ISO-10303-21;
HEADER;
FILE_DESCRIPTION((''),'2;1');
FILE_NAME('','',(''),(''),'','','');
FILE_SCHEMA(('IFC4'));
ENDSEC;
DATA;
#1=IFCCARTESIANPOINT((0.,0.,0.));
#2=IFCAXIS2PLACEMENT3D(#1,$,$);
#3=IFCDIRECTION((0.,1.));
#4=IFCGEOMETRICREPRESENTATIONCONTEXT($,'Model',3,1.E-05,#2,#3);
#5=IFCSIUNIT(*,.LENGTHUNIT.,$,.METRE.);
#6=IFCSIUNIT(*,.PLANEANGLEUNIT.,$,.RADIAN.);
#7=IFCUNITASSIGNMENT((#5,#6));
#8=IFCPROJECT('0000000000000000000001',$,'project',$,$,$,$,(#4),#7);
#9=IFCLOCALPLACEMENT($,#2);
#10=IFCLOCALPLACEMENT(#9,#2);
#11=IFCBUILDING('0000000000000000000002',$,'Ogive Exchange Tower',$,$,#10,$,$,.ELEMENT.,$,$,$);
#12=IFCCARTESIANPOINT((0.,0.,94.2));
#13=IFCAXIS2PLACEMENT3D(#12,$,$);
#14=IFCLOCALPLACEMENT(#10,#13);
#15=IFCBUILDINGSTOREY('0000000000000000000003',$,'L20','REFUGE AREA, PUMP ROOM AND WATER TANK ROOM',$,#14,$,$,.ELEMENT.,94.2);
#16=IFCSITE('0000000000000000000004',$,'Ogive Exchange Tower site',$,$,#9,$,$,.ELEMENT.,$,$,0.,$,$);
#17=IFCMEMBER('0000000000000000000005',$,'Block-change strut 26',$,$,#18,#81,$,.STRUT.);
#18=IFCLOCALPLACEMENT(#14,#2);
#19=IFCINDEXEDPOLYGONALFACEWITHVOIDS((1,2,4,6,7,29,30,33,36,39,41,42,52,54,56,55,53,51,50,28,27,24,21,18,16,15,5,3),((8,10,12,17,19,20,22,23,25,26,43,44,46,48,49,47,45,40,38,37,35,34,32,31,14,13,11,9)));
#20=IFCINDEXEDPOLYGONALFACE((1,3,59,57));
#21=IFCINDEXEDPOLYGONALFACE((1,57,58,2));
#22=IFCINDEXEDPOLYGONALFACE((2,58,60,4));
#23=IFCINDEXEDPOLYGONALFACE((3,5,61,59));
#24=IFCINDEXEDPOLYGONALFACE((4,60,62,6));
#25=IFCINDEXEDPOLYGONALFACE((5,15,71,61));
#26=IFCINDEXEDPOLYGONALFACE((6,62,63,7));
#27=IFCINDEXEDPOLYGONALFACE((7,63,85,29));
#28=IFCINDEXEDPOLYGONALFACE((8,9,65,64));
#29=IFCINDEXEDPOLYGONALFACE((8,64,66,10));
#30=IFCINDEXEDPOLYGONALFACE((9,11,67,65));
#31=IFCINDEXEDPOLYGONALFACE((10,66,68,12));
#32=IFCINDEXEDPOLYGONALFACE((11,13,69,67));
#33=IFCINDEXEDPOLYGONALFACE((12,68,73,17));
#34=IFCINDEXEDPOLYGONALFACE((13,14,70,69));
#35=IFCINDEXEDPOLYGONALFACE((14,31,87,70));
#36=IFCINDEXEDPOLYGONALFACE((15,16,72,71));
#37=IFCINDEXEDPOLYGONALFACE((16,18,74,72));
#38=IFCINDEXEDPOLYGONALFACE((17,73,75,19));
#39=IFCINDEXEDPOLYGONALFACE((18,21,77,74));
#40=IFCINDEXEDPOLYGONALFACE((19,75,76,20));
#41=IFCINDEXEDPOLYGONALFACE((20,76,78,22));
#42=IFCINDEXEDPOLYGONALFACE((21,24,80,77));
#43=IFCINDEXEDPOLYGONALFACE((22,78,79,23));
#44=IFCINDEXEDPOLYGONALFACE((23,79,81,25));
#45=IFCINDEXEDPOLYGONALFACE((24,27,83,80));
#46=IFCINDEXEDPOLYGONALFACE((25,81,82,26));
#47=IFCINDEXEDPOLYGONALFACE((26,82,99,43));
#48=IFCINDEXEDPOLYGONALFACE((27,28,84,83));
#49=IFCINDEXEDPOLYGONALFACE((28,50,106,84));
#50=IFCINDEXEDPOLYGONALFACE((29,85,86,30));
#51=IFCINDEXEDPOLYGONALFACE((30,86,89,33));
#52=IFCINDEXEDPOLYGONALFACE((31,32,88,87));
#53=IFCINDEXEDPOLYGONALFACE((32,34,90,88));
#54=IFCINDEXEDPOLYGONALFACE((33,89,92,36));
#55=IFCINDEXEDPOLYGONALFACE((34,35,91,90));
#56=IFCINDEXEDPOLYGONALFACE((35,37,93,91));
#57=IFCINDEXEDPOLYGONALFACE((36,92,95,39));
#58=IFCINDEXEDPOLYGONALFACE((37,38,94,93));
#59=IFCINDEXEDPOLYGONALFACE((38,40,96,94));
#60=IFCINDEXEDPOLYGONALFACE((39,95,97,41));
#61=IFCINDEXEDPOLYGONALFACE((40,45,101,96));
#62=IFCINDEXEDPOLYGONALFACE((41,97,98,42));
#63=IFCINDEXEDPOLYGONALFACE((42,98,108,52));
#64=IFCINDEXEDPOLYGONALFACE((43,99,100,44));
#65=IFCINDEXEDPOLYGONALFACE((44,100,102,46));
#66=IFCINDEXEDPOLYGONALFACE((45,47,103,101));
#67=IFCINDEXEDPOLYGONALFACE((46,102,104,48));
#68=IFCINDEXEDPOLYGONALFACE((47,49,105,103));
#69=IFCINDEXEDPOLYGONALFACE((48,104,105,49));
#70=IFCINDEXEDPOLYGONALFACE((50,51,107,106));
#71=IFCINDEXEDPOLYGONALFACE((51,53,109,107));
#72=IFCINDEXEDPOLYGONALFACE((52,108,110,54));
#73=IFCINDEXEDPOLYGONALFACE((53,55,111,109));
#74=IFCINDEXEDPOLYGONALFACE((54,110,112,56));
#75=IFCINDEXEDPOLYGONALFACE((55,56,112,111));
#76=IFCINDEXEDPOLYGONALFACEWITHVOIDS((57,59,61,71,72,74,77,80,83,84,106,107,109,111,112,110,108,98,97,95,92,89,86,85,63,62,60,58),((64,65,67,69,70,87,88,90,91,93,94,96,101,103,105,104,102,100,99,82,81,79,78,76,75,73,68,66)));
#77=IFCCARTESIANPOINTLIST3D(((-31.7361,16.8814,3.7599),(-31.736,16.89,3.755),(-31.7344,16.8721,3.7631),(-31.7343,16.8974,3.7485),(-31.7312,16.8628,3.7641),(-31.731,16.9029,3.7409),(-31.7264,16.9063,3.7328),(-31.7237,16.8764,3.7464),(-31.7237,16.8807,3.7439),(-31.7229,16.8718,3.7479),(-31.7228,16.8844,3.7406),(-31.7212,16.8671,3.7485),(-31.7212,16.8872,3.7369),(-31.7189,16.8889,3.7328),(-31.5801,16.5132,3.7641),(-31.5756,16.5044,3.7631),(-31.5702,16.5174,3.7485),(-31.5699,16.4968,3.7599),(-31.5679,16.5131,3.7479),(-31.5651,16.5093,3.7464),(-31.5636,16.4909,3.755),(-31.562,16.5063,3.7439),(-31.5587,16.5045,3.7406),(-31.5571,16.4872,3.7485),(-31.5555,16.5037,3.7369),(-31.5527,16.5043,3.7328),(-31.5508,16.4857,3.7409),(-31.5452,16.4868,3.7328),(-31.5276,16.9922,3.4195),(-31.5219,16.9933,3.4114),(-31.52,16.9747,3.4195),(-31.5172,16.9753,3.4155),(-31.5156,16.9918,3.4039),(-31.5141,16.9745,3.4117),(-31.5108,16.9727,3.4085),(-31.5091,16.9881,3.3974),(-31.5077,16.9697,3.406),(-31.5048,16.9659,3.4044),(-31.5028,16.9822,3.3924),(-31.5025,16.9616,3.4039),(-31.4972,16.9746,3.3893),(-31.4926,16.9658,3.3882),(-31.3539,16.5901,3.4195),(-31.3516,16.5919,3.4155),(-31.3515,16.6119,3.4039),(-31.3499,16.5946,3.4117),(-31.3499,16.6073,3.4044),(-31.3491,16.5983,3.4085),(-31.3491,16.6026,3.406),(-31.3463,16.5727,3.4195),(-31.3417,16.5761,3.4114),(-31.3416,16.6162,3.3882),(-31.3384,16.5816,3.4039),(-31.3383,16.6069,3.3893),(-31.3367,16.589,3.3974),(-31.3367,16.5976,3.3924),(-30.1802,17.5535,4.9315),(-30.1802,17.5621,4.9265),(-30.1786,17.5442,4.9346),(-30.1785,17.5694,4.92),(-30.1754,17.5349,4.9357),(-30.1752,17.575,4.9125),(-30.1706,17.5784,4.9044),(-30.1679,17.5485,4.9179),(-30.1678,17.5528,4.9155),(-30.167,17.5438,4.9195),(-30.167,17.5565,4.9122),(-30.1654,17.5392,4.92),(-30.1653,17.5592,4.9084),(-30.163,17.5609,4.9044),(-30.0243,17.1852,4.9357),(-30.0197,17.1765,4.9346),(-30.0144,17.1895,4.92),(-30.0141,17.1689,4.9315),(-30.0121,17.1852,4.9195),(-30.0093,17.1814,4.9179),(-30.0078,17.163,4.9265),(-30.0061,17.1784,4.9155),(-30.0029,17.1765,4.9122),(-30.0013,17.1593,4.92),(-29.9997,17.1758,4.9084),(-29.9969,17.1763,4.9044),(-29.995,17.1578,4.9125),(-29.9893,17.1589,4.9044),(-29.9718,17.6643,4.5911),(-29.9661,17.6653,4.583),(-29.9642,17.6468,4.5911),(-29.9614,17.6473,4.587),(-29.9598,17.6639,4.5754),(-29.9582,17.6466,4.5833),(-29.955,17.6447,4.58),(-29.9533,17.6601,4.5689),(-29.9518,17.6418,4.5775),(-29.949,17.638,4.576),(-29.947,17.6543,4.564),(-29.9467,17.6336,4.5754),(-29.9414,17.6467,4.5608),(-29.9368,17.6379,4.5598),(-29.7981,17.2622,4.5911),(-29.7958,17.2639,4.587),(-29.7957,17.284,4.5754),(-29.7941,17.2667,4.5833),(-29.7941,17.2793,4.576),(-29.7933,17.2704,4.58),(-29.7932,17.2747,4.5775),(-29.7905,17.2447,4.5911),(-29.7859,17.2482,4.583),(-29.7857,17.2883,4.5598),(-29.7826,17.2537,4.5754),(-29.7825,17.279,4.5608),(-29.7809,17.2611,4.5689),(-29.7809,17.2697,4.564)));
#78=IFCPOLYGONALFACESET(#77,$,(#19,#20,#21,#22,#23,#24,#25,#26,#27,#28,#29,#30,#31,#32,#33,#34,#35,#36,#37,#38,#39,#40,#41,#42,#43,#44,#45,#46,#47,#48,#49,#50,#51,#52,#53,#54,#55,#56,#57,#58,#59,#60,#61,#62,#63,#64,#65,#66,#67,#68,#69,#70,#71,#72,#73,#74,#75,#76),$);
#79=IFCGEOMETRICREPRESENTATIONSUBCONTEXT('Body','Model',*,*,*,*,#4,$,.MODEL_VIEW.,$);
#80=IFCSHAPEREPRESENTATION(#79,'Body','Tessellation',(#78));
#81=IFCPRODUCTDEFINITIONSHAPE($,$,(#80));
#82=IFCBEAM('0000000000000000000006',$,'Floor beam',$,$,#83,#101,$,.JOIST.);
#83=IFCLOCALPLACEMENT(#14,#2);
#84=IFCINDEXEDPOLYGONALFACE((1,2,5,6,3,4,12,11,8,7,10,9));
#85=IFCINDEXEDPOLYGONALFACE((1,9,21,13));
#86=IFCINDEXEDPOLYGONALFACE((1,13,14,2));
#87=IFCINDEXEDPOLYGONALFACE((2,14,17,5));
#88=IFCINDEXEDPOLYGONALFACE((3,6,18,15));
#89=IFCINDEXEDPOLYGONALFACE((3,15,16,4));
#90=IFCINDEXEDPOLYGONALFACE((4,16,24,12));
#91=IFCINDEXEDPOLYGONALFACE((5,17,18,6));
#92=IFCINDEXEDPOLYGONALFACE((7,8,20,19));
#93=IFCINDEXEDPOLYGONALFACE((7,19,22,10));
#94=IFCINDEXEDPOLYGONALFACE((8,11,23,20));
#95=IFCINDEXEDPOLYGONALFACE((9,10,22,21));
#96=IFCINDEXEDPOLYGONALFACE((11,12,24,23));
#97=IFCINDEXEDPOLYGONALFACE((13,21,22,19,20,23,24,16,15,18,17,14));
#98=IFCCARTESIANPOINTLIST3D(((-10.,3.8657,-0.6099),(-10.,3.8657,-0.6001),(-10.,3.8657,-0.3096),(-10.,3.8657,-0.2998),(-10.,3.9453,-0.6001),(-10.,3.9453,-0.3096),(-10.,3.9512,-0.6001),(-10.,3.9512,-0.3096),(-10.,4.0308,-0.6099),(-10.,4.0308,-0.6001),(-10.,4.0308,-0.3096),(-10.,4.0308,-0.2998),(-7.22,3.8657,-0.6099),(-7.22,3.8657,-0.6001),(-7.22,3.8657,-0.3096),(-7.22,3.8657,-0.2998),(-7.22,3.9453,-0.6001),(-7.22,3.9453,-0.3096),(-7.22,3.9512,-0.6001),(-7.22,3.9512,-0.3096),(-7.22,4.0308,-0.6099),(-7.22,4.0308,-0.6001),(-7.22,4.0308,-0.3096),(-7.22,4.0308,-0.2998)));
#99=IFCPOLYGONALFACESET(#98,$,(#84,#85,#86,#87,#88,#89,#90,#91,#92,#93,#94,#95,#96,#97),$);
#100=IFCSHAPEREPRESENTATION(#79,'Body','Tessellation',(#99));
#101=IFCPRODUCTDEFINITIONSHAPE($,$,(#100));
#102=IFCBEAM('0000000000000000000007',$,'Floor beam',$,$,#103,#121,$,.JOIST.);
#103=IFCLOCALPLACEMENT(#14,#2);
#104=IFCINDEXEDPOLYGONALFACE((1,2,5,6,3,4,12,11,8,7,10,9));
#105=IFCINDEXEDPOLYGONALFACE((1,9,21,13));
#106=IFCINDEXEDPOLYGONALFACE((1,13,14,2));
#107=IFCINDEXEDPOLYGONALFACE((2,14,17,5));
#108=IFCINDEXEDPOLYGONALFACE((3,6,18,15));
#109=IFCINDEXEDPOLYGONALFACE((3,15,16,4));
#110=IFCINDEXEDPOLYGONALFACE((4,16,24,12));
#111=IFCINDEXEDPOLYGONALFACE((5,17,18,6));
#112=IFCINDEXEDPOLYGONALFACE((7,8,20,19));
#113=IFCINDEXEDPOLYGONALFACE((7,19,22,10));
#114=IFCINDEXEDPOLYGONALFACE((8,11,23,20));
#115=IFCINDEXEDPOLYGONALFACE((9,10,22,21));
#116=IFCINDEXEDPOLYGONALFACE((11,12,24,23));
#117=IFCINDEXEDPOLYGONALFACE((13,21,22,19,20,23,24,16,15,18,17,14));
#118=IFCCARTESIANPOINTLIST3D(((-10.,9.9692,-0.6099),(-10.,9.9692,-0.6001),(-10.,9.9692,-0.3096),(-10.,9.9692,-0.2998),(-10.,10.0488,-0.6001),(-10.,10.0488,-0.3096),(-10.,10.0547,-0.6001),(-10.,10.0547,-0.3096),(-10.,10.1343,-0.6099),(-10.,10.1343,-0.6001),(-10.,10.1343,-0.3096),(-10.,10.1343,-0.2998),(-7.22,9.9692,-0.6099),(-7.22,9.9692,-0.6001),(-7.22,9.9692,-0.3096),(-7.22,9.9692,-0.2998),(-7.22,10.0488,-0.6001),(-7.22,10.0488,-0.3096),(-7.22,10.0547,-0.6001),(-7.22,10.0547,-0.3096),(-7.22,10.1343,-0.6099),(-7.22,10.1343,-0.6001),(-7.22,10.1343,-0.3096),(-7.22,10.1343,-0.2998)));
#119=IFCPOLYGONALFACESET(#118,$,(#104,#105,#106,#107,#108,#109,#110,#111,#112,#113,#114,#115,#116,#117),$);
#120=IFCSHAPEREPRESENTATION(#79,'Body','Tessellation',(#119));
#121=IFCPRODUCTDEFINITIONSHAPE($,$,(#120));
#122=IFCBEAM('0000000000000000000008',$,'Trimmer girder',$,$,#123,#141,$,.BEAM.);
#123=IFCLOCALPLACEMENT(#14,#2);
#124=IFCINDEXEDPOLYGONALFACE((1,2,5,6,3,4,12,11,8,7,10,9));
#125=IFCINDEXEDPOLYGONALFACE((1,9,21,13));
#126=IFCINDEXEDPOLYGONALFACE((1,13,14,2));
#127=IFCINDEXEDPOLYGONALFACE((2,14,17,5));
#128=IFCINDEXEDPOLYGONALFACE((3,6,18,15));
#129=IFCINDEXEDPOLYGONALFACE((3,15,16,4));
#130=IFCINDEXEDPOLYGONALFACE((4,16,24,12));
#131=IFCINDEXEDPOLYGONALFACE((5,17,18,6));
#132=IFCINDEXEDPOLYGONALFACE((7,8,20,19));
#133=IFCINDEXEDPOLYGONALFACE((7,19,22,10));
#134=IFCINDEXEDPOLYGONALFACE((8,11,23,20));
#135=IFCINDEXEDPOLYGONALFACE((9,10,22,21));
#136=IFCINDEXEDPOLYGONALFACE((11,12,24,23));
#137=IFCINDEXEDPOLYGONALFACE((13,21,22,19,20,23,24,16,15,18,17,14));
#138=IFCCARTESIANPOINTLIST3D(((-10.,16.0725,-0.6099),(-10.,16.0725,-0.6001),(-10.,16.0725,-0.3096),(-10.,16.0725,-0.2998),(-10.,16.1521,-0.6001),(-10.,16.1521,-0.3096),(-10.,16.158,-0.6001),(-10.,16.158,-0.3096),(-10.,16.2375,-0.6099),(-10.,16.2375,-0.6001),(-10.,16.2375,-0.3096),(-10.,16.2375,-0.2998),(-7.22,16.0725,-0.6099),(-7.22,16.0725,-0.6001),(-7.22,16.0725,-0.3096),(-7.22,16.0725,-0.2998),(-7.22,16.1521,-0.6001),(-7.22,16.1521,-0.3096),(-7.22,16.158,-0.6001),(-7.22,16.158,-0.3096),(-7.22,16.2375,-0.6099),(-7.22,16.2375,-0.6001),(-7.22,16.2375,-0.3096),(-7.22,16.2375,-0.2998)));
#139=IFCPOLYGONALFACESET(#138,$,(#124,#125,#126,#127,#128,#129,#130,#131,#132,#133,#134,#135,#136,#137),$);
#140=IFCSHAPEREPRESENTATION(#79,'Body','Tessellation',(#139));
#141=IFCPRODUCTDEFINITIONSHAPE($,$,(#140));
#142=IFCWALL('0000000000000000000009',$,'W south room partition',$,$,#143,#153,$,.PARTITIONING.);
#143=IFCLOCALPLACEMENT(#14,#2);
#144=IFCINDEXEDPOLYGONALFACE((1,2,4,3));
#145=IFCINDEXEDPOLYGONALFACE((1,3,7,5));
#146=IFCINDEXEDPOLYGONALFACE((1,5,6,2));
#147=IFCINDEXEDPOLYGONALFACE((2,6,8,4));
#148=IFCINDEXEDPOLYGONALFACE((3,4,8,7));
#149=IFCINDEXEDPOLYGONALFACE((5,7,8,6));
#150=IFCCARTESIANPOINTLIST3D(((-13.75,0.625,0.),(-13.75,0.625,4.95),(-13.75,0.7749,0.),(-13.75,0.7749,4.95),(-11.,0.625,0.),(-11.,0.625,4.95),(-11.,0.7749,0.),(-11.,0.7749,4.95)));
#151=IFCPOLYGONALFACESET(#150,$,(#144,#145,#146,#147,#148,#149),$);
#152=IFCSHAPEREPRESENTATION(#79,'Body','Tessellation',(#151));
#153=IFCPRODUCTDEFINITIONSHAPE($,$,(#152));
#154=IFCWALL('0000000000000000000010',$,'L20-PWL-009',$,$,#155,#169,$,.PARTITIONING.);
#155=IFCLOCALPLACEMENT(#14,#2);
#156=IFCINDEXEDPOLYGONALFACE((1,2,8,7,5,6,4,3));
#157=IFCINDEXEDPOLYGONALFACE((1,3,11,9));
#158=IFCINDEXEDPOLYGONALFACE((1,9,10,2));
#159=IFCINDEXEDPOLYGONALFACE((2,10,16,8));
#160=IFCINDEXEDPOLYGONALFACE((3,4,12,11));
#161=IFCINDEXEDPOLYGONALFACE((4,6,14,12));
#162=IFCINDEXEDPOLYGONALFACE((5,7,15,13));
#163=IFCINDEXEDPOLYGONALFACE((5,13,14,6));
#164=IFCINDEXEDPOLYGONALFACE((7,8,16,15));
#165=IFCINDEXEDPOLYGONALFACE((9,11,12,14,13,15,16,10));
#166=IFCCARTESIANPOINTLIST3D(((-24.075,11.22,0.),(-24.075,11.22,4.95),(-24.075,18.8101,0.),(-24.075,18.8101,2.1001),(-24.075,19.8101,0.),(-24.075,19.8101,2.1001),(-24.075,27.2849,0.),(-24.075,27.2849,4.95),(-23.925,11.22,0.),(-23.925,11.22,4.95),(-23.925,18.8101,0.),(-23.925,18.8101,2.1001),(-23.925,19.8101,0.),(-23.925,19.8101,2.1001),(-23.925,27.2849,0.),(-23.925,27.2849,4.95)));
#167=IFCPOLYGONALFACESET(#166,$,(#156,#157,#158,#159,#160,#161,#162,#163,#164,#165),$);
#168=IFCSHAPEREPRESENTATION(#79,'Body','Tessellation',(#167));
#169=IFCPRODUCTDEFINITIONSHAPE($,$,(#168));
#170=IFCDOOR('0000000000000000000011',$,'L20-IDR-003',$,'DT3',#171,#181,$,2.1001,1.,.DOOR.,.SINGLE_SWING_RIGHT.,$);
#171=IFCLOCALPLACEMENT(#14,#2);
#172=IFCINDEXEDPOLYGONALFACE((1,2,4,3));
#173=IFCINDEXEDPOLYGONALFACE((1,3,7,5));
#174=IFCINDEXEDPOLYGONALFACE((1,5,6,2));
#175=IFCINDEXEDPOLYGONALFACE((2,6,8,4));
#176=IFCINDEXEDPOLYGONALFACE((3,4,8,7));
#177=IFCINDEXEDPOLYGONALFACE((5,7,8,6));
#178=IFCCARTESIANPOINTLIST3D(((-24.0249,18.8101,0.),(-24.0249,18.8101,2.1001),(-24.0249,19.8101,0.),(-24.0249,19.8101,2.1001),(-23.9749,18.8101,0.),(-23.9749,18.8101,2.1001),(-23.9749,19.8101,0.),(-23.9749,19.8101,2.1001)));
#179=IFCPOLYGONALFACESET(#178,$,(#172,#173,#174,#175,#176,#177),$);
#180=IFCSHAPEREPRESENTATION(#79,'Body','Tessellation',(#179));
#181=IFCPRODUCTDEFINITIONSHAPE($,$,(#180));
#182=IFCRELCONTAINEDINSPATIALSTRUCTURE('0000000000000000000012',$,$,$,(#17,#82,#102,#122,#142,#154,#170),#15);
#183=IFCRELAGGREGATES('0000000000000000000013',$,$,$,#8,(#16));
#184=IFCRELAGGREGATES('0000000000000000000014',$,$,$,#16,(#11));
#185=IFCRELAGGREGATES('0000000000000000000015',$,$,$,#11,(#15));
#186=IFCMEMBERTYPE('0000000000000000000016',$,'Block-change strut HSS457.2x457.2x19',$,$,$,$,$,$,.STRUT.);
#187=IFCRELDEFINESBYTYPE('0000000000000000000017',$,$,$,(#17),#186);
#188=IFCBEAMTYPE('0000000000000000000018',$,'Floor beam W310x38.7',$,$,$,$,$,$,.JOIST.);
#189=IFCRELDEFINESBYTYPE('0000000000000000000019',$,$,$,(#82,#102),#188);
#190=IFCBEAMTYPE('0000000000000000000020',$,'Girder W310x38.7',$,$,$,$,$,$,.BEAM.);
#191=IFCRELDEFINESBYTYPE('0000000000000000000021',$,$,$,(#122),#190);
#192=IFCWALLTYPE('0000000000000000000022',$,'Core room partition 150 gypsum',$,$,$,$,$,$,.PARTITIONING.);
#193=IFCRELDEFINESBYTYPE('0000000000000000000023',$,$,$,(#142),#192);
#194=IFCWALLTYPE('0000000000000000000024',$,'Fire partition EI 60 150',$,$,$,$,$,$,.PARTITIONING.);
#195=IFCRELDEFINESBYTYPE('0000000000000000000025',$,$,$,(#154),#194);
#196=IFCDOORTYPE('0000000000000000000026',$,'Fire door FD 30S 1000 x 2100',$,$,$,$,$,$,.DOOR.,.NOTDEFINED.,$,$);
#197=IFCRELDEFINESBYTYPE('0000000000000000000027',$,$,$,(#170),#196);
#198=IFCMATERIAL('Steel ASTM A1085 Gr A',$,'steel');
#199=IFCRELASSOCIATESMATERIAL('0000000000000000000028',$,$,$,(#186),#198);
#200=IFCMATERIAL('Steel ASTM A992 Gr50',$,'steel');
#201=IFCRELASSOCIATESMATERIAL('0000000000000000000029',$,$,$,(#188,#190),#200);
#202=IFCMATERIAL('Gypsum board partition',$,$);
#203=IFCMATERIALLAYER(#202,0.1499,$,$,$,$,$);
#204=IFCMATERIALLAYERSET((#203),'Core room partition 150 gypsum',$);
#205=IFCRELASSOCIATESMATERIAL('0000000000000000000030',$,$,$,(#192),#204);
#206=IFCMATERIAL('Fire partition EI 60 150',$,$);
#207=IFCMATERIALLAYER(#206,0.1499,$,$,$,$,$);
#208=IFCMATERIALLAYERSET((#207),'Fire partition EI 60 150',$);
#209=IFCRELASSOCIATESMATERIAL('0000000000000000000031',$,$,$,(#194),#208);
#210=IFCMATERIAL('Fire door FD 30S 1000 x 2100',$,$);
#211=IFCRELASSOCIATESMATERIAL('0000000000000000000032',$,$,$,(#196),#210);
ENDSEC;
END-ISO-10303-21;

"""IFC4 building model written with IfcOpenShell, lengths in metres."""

from ifc_helpers import new_model, si_unit, direction, frame, frame_2d, origin, origin_2d, place, context, subcontext, project, spatial, rectangle, hollow_rectangle, i_section, extrude, material, layer, layer_set, material_profile, profile_set, type_object, element, fill, save


model = new_model("IFC4")

# Units and contexts
model_context = context("Model", 3, precision=1e-05, world=origin(), true_north=direction((0.0, 1.0)))
body_context = subcontext(model_context, "Body", "Model", "MODEL_VIEW")
ifc_project = project(units=[si_unit("LENGTHUNIT", "METRE"), si_unit("PLANEANGLEUNIT", "RADIAN")], contexts=[model_context])

# Site, building, storey
site_placement = place(None, origin())
site = spatial("IfcSite", under=ifc_project, at=site_placement, Name="Ogive Exchange Tower site", CompositionType="ELEMENT", RefElevation=0.0)
building_placement = place(site_placement, origin())
building = spatial("IfcBuilding", under=site, at=building_placement, Name="Ogive Exchange Tower", CompositionType="ELEMENT")
storey_placement = place(building_placement, frame((0.0, 0.0, 94.2)))
storey = spatial("IfcBuildingStorey", under=building, at=storey_placement, Name="L20", Description="REFUGE AREA, PUMP ROOM AND WATER TANK ROOM", CompositionType="ELEMENT", Elevation=94.2)

# Member
ifc_material_1 = material(Name="Steel ASTM A1085 Gr A", Category="steel")
ifc_material_profile_1 = material_profile(ifc_material_1, hollow_rectangle(XDim=0.457, YDim=0.457, WallThickness=0.019, InnerFilletRadius=0.019, OuterFilletRadius=0.0381, at=origin_2d()), Name="HSS457.2x457.2x19")
ifc_profile_set_1 = profile_set([ifc_material_profile_1], Name="Steel ASTM A1085 Gr A")
member_type = type_object("IfcMemberType", Name="Block-change strut HSS457.2x457.2x19", PredefinedType="STRUT", material=ifc_profile_set_1)
member_placement = place(storey_placement, frame((-31.5364, 16.7395, 3.5762), z_axis=(0.755143, 0.326206, 0.568638), x_axis=(-0.39656, 0.918009, 0.0)))
element("IfcMember", 1, at=member_placement, inside=storey, type_object=member_type, Name="Block-change strut 26", PredefinedType="STRUT", context=body_context, shape_type="SweptSolid", body=[
    extrude(hollow_rectangle(XDim=0.457, YDim=0.457, WallThickness=0.019, InnerFilletRadius=0.019, OuterFilletRadius=0.0381, at=origin_2d()), origin(), (0.0, 0.0, 1.0), 2.0603),
])

# Beams
ifc_material_2 = material(Name="Steel ASTM A992 Gr50", Category="steel")
ifc_material_profile_2 = material_profile(ifc_material_2, i_section(OverallWidth=0.165, OverallDepth=0.3101, WebThickness=0.0059, FlangeThickness=0.0098, at=origin_2d()), Name="W310x38.7")
ifc_profile_set_2 = profile_set([ifc_material_profile_2], Name="Steel ASTM A992 Gr50")
beam_type_1 = type_object("IfcBeamType", Name="Floor beam W310x38.7", PredefinedType="JOIST", material=ifc_profile_set_2)
for number, where, z_axis, x_axis, name in (
    (2, (-10.0, 3.9482, -0.4548), (1.0, 0.0, 0.0), (0.0, 1.0, 0.0), "Floor beam"),
    (3, (-10.0, 10.0518, -0.4548), (1.0, 0.0, 0.0), (0.0, 1.0, 0.0), "Floor beam"),
):
    element("IfcBeam", number, at=place(storey_placement, frame(where, z_axis=z_axis, x_axis=x_axis)), inside=storey, type_object=beam_type_1, Name=name, PredefinedType="JOIST", context=body_context, shape_type="SweptSolid", body=[
        extrude(i_section(OverallWidth=0.165, OverallDepth=0.3101, WebThickness=0.0059, FlangeThickness=0.0098, at=origin_2d()), origin(), (0.0, 0.0, 1.0), 2.78),
    ])
ifc_material_profile_3 = material_profile(ifc_material_2, i_section(OverallWidth=0.165, OverallDepth=0.3101, WebThickness=0.0059, FlangeThickness=0.0098, at=origin_2d()), Name="W310x38.7")
ifc_profile_set_3 = profile_set([ifc_material_profile_3], Name="Steel ASTM A992 Gr50")
beam_type_2 = type_object("IfcBeamType", Name="Girder W310x38.7", PredefinedType="BEAM", material=ifc_profile_set_3)
beam_placement = place(storey_placement, frame((-10.0, 16.155, -0.4548), z_axis=(1.0, 0.0, 0.0), x_axis=(0.0, 1.0, 0.0)))
element("IfcBeam", 4, at=beam_placement, inside=storey, type_object=beam_type_2, Name="Trimmer girder", PredefinedType="BEAM", context=body_context, shape_type="SweptSolid", body=[
    extrude(i_section(OverallWidth=0.165, OverallDepth=0.3101, WebThickness=0.0059, FlangeThickness=0.0098, at=origin_2d()), origin(), (0.0, 0.0, 1.0), 2.78),
])

# Wall
ifc_material_3 = material(Name="Gypsum board partition")
ifc_layer_1 = layer(ifc_material_3, 0.1499)
ifc_layer_set_1 = layer_set([ifc_layer_1], Name="Core room partition 150 gypsum")
wall_type_1 = type_object("IfcWallType", Name="Core room partition 150 gypsum", PredefinedType="PARTITIONING", material=ifc_layer_set_1)
wall_1_placement = place(storey_placement, frame((-13.75, 0.7, 0.0), z_axis=(0.0, 0.0, 1.0), x_axis=(1.0, 0.0, 0.0)))
element("IfcWall", 5, at=wall_1_placement, inside=storey, type_object=wall_type_1, Name="W south room partition", PredefinedType="PARTITIONING", context=body_context, shape_type="SweptSolid", body=[
    extrude(rectangle(XDim=2.75, YDim=0.1499, at=frame_2d((1.375, 0.0))), origin(), (0.0, 0.0, 1.0), 4.95),
])

# Wall, opening, door
ifc_material_4 = material(Name="Fire partition EI 60 150")
ifc_layer_2 = layer(ifc_material_4, 0.1499)
ifc_layer_set_2 = layer_set([ifc_layer_2], Name="Fire partition EI 60 150")
wall_type_2 = type_object("IfcWallType", Name="Fire partition EI 60 150", PredefinedType="PARTITIONING", material=ifc_layer_set_2)
wall_2_placement = place(storey_placement, frame((-24.0, 11.22, 0.0), z_axis=(0.0, 0.0, 1.0), x_axis=(0.0, 1.0, 0.0)))
wall_2 = element("IfcWall", 6, at=wall_2_placement, inside=storey, type_object=wall_type_2, Name="L20-PWL-009", PredefinedType="PARTITIONING", context=body_context, shape_type="SweptSolid", body=[
    extrude(rectangle(XDim=16.0649, YDim=0.1499, at=frame_2d((8.0325, 0.0))), origin(), (0.0, 0.0, 1.0), 4.95),
])
opening_1_placement = place(wall_2_placement, frame((7.5901, 0.0, 0.0)))
opening_1 = element("IfcOpeningElement", 7, at=opening_1_placement, cuts=wall_2, PredefinedType="OPENING", context=body_context, shape_type="SweptSolid", body=[
    extrude(rectangle(XDim=1.0, YDim=2.1001, at=frame_2d((0.5, 1.05))), frame((0.0, 0.085, 0.0), z_axis=(0.0, -1.0, 0.0), x_axis=(1.0, 0.0, 0.0)), (0.0, 0.0, 1.0), 0.1699),
])
ifc_material_5 = material(Name="Fire door FD 30S 1000 x 2100")
door_type_1 = type_object("IfcDoorType", Name="Fire door FD 30S 1000 x 2100", OperationType="NOTDEFINED", PredefinedType="DOOR", material=ifc_material_5)
door_1_placement = place(opening_1_placement, origin())
door_1 = element("IfcDoor", 8, at=door_1_placement, inside=storey, type_object=door_type_1, Name="L20-IDR-003", ObjectType="DT3", OperationType="SINGLE_SWING_RIGHT", OverallHeight=2.1001, OverallWidth=1.0, PredefinedType="DOOR", context=body_context, shape_type="SweptSolid", body=[
    extrude(rectangle(XDim=1.0, YDim=2.1001, at=frame_2d((0.5, 1.05))), frame((0.0, 0.0249, 0.0), z_axis=(0.0, -1.0, 0.0), x_axis=(1.0, 0.0, 0.0)), (0.0, 0.0, 1.0), 0.05),
])
fill(opening_1, door_1)

save(model, "model.ifc")
